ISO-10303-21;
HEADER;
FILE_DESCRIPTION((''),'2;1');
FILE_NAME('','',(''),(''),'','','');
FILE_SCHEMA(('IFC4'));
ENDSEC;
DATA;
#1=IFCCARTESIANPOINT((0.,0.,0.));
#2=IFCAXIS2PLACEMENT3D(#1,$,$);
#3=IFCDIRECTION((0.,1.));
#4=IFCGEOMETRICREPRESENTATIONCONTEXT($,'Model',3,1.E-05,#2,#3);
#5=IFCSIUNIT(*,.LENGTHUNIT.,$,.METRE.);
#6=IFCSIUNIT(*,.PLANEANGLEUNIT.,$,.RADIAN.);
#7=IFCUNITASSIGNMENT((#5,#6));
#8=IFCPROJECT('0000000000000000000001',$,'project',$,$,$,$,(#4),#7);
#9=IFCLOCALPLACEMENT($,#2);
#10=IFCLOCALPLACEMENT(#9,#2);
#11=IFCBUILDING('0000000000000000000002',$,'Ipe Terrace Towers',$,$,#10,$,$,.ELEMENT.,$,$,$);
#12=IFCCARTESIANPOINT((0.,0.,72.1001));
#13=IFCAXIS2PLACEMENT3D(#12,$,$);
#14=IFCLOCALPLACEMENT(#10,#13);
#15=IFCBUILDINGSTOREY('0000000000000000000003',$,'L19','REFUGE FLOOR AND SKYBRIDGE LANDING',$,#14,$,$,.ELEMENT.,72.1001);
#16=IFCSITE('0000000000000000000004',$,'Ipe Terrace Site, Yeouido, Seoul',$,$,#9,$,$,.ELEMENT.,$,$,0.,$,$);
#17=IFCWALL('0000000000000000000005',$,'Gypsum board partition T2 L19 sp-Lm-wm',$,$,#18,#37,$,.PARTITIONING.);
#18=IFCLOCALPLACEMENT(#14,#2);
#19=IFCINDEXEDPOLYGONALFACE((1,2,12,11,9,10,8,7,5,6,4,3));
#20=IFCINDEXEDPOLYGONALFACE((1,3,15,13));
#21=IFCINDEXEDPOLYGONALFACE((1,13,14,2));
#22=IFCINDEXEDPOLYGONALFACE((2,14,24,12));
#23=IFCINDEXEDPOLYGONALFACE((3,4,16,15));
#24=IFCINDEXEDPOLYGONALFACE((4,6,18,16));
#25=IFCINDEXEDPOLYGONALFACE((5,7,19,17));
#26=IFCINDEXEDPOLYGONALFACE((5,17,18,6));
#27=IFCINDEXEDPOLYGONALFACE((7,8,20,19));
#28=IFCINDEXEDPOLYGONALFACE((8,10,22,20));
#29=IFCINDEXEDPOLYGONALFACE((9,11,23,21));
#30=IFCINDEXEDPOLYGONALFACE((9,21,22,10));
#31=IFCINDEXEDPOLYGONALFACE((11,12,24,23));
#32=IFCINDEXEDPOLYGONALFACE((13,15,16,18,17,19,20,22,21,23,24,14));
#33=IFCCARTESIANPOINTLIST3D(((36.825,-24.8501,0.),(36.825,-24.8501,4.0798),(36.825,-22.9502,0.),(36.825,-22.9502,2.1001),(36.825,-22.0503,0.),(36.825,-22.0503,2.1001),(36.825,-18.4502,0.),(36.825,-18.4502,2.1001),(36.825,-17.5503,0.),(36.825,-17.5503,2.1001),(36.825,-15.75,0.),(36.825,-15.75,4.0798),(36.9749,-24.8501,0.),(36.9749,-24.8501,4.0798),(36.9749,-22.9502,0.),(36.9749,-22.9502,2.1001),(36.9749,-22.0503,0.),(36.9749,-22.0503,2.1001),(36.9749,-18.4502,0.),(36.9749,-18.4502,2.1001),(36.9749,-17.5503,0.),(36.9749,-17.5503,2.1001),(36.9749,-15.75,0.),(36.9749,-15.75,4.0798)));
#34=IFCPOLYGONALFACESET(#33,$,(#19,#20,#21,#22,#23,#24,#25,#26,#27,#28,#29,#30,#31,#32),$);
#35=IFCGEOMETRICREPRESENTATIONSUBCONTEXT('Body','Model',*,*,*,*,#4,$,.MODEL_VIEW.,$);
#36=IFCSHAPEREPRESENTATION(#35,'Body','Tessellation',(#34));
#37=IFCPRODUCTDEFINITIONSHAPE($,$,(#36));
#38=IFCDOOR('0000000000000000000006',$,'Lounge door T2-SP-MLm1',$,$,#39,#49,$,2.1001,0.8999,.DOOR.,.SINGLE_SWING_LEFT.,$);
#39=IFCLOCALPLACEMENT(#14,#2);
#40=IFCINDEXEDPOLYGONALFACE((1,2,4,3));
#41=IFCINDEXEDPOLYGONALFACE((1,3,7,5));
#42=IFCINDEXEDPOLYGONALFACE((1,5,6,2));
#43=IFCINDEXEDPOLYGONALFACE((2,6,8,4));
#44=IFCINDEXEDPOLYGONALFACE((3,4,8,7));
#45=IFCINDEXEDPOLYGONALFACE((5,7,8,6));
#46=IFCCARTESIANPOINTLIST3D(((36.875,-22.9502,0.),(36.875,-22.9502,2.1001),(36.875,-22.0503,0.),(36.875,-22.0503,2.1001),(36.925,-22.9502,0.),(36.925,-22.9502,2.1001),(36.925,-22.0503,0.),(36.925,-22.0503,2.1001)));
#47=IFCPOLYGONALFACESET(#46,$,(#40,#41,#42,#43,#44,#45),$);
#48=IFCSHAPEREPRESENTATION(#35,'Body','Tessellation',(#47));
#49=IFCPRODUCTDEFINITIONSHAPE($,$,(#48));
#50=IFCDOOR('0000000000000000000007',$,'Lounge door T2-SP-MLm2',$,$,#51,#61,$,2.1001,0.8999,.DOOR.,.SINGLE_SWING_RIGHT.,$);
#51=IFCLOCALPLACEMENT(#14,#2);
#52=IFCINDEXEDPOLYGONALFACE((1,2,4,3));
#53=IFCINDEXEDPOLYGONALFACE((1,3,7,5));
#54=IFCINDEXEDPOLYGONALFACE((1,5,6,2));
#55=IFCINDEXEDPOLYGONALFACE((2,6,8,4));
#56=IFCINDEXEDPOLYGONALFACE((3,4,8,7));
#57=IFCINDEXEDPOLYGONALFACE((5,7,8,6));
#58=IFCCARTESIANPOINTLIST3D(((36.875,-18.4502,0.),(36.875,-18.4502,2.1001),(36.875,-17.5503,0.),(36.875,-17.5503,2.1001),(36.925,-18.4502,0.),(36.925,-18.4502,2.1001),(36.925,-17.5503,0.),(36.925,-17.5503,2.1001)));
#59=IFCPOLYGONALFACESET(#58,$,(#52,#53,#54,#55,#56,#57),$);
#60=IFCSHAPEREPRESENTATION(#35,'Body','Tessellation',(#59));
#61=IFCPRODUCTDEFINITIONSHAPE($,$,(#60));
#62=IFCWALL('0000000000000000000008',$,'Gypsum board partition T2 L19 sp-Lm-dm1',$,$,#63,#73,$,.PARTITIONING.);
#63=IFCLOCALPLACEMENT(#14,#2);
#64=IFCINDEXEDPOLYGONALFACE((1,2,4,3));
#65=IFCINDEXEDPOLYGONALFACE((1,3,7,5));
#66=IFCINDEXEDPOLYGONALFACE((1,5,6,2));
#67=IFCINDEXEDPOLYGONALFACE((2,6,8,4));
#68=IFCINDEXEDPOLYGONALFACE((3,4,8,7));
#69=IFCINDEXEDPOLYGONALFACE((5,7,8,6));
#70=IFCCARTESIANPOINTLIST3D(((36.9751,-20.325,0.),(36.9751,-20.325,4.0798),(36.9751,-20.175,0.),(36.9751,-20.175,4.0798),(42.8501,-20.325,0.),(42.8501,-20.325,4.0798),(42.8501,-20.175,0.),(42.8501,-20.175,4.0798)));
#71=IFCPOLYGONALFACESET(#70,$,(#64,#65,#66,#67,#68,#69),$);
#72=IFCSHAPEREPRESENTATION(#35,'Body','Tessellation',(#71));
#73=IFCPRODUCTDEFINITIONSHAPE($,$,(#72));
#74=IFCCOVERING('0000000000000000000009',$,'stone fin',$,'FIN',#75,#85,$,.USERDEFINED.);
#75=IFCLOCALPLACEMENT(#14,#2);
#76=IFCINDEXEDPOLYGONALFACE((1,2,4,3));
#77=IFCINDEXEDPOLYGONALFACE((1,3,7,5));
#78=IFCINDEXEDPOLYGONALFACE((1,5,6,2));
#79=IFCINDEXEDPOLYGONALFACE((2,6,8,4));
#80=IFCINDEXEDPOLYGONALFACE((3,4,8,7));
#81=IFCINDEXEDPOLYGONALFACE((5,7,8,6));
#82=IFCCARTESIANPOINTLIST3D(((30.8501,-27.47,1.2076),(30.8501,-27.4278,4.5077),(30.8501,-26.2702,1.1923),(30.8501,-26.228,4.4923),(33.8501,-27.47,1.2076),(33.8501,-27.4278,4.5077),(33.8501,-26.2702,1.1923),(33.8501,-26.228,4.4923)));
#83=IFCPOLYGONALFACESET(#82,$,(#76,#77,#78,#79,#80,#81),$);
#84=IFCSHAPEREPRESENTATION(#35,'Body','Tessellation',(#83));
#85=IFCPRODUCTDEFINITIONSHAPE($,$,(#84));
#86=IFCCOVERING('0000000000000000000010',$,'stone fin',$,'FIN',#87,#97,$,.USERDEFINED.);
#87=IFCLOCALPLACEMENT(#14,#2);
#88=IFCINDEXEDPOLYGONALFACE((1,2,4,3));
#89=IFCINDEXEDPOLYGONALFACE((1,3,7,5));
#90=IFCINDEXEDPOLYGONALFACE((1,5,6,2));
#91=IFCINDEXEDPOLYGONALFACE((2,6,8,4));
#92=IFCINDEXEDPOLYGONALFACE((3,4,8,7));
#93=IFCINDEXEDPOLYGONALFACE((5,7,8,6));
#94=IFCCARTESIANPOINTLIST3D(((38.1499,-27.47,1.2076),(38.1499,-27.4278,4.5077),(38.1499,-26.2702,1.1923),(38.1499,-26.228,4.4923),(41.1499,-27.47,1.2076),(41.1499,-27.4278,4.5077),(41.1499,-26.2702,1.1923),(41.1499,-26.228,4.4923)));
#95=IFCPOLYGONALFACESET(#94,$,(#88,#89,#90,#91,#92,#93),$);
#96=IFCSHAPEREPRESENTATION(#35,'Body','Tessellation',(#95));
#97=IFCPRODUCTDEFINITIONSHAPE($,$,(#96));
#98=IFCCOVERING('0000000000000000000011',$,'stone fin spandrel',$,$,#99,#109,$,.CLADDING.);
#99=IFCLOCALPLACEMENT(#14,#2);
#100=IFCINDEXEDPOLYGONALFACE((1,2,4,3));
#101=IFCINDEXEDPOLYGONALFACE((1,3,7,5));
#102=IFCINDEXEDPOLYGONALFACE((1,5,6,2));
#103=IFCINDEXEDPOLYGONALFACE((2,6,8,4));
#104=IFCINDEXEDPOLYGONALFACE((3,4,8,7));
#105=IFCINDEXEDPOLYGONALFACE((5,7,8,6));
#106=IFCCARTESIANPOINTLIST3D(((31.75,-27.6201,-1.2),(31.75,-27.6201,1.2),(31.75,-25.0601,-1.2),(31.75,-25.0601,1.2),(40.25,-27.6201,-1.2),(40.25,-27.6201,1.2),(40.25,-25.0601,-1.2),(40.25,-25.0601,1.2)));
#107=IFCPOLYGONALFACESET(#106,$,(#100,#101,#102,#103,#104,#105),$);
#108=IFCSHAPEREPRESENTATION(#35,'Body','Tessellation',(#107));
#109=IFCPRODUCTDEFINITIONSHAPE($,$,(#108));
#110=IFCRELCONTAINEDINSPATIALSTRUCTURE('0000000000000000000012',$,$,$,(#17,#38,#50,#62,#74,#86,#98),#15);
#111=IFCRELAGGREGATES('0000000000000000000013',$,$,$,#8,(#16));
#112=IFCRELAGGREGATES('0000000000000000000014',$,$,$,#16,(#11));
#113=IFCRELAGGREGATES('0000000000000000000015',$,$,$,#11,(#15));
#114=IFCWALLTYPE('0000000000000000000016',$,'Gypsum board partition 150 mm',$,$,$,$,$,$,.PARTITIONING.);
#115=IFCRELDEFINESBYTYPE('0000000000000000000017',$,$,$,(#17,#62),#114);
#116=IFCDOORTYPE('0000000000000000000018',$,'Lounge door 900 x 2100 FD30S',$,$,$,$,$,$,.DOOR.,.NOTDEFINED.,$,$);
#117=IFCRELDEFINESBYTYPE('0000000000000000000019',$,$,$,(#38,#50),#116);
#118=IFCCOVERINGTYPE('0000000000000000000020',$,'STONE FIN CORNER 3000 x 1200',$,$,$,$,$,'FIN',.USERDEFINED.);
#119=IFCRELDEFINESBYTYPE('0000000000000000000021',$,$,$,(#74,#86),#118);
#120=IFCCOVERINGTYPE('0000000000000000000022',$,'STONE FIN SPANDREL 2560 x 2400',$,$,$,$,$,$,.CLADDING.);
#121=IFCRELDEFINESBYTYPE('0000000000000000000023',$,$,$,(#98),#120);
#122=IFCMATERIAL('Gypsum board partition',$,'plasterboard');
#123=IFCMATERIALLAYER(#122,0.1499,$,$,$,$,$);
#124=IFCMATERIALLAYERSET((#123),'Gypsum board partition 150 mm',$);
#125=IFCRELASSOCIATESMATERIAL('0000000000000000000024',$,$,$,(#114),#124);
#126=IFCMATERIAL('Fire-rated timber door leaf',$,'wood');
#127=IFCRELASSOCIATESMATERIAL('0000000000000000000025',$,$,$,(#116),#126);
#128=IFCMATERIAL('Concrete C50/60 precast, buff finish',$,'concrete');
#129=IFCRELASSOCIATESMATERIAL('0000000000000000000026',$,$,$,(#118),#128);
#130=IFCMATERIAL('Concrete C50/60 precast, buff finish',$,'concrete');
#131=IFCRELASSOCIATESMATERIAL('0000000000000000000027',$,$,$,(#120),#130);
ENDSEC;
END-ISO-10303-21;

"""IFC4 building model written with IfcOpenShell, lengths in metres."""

from ifc_helpers import new_model, si_unit, direction, frame, frame_2d, origin, origin_2d, place, context, subcontext, project, spatial, rectangle, extrude, material, layer, layer_set, material_profile, profile_set, type_object, element, fill, save


model = new_model("IFC4")

# Units and contexts
model_context = context("Model", 3, precision=1e-05, world=origin(), true_north=direction((0.0, 1.0)))
body_context = subcontext(model_context, "Body", "Model", "MODEL_VIEW")
ifc_project = project(units=[si_unit("LENGTHUNIT", "METRE"), si_unit("PLANEANGLEUNIT", "RADIAN")], contexts=[model_context])

# Site, building, storey
site_placement = place(None, origin())
site = spatial("IfcSite", under=ifc_project, at=site_placement, Name="Ipe Terrace Site, Yeouido, Seoul", CompositionType="ELEMENT", RefElevation=0.0)
building_placement = place(site_placement, origin())
building = spatial("IfcBuilding", under=site, at=building_placement, Name="Ipe Terrace Towers", CompositionType="ELEMENT")
storey_placement = place(building_placement, frame((0.0, 0.0, 72.1001)))
storey = spatial("IfcBuildingStorey", under=building, at=storey_placement, Name="L19", Description="REFUGE FLOOR AND SKYBRIDGE LANDING", CompositionType="ELEMENT", Elevation=72.1001)

# Shared definitions
ifc_material_1 = material(Name="Gypsum board partition", Category="plasterboard")
ifc_layer_1 = layer(ifc_material_1, 0.1499)
ifc_layer_set_1 = layer_set([ifc_layer_1], Name="Gypsum board partition 150 mm")
wall_type_1 = type_object("IfcWallType", Name="Gypsum board partition 150 mm", PredefinedType="PARTITIONING", material=ifc_layer_set_1)
ifc_material_2 = material(Name="Fire-rated timber door leaf", Category="wood")
door_type = type_object("IfcDoorType", Name="Lounge door 900 x 2100 FD30S", OperationType="NOTDEFINED", PredefinedType="DOOR", material=ifc_material_2)

# Wall, openings, doors
wall_1_placement = place(storey_placement, frame((36.8999, -24.8501, 0.0), z_axis=(0.0, 0.0, 1.0), x_axis=(0.0, 1.0, 0.0)))
wall_1 = element("IfcWall", 1, at=wall_1_placement, inside=storey, type_object=wall_type_1, Name="Gypsum board partition T2 L19 sp-Lm-wm", PredefinedType="PARTITIONING", context=body_context, shape_type="SweptSolid", body=[
    extrude(rectangle(XDim=9.1001, YDim=0.1499, at=frame_2d((4.55, 0.0))), origin(), (0.0, 0.0, 1.0), 4.0798),
])
opening_1_placement = place(wall_1_placement, frame((1.8999, 0.0, 0.0)))
opening_1 = element("IfcOpeningElement", 2, at=opening_1_placement, cuts=wall_1, PredefinedType="OPENING", context=body_context, shape_type="SweptSolid", body=[
    extrude(rectangle(XDim=0.8999, YDim=2.1001, at=frame_2d((0.45, 1.05))), frame((0.0, 0.085, 0.0), z_axis=(0.0, -1.0, 0.0), x_axis=(1.0, 0.0, 0.0)), (0.0, 0.0, 1.0), 0.1699),
])
opening_2_placement = place(wall_1_placement, frame((6.3999, 0.0, 0.0)))
opening_2 = element("IfcOpeningElement", 3, at=opening_2_placement, cuts=wall_1, PredefinedType="OPENING", context=body_context, shape_type="SweptSolid", body=[
    extrude(rectangle(XDim=0.8999, YDim=2.1001, at=frame_2d((0.45, 1.05))), frame((0.0, 0.085, 0.0), z_axis=(0.0, -1.0, 0.0), x_axis=(1.0, 0.0, 0.0)), (0.0, 0.0, 1.0), 0.1699),
])
door_1_placement = place(opening_1_placement, origin())
door_1 = element("IfcDoor", 4, at=door_1_placement, inside=storey, type_object=door_type, Name="Lounge door T2-SP-MLm1", OperationType="SINGLE_SWING_LEFT", OverallHeight=2.1001, OverallWidth=0.8999, PredefinedType="DOOR", context=body_context, shape_type="SweptSolid", body=[
    extrude(rectangle(XDim=0.8999, YDim=2.1001, at=frame_2d((0.45, 1.05))), frame((0.0, 0.0249, 0.0), z_axis=(0.0, -1.0, 0.0), x_axis=(1.0, 0.0, 0.0)), (0.0, 0.0, 1.0), 0.05),
])
fill(opening_1, door_1)
door_2_placement = place(opening_2_placement, origin())
door_2 = element("IfcDoor", 5, at=door_2_placement, inside=storey, type_object=door_type, Name="Lounge door T2-SP-MLm2", OperationType="SINGLE_SWING_RIGHT", OverallHeight=2.1001, OverallWidth=0.8999, PredefinedType="DOOR", context=body_context, shape_type="SweptSolid", body=[
    extrude(rectangle(XDim=0.8999, YDim=2.1001, at=frame_2d((0.45, 1.05))), frame((0.0, 0.0249, 0.0), z_axis=(0.0, -1.0, 0.0), x_axis=(1.0, 0.0, 0.0)), (0.0, 0.0, 1.0), 0.05),
])
fill(opening_2, door_2)

# Wall
wall_2_placement = place(storey_placement, frame((36.9751, -20.25, 0.0), z_axis=(0.0, 0.0, 1.0), x_axis=(1.0, 0.0, 0.0)))
element("IfcWall", 6, at=wall_2_placement, inside=storey, type_object=wall_type_1, Name="Gypsum board partition T2 L19 sp-Lm-dm1", PredefinedType="PARTITIONING", context=body_context, shape_type="SweptSolid", body=[
    extrude(rectangle(XDim=5.875, YDim=0.1499, at=frame_2d((2.9375, 0.0))), origin(), (0.0, 0.0, 1.0), 4.0798),
])

# Coverings
ifc_material_3 = material(Name="Concrete C50/60 precast, buff finish", Category="concrete")
ifc_material_profile_1 = material_profile(ifc_material_3, rectangle(XDim=3.0, YDim=1.2, at=origin_2d()), Name="STONE FIN CORNER 3000 x 1200")
ifc_profile_set_1 = profile_set([ifc_material_profile_1], Name="Concrete C50/60 precast, buff finish")
covering_type_1 = type_object("IfcCoveringType", Name="STONE FIN CORNER 3000 x 1200", ElementType="FIN", PredefinedType="USERDEFINED", material=ifc_profile_set_1)
for number, where, z_axis, x_axis, name in (
    (7, (32.3501, -26.8701, 1.2), (0.0, 0.012798, 0.999918), (1.0, 0.0, 0.0), "stone fin"),
    (8, (39.6499, -26.8701, 1.2), (0.0, 0.012798, 0.999918), (1.0, 0.0, 0.0), "stone fin"),
):
    element("IfcCovering", number, at=place(storey_placement, frame(where, z_axis=z_axis, x_axis=x_axis)), inside=storey, type_object=covering_type_1, Name=name, ObjectType="FIN", PredefinedType="USERDEFINED", context=body_context, shape_type="SweptSolid", body=[
        extrude(rectangle(XDim=3.0, YDim=1.2, at=origin_2d()), origin(), (0.0, 0.0, 1.0), 3.3003),
    ])
ifc_material_4 = material(Name="Concrete C50/60 precast, buff finish", Category="concrete")
ifc_material_profile_2 = material_profile(ifc_material_4, rectangle(XDim=2.5601, YDim=2.3999, at=origin_2d()), Name="STONE FIN SPANDREL 2560 x 2400")
ifc_profile_set_2 = profile_set([ifc_material_profile_2], Name="Concrete C50/60 precast, buff finish")
covering_type_2 = type_object("IfcCoveringType", Name="STONE FIN SPANDREL 2560 x 2400", PredefinedType="CLADDING", material=ifc_profile_set_2)
covering_placement = place(storey_placement, frame((31.75, -26.3401, 0.0), z_axis=(1.0, 0.0, 0.0), x_axis=(0.0, -1.0, 0.0)))
element("IfcCovering", 9, at=covering_placement, inside=storey, type_object=covering_type_2, Name="stone fin spandrel", PredefinedType="CLADDING", context=body_context, shape_type="SweptSolid", body=[
    extrude(rectangle(XDim=2.5601, YDim=2.3999, at=origin_2d()), origin(), (0.0, 0.0, 1.0), 8.5),
])

save(model, "model.ifc")
